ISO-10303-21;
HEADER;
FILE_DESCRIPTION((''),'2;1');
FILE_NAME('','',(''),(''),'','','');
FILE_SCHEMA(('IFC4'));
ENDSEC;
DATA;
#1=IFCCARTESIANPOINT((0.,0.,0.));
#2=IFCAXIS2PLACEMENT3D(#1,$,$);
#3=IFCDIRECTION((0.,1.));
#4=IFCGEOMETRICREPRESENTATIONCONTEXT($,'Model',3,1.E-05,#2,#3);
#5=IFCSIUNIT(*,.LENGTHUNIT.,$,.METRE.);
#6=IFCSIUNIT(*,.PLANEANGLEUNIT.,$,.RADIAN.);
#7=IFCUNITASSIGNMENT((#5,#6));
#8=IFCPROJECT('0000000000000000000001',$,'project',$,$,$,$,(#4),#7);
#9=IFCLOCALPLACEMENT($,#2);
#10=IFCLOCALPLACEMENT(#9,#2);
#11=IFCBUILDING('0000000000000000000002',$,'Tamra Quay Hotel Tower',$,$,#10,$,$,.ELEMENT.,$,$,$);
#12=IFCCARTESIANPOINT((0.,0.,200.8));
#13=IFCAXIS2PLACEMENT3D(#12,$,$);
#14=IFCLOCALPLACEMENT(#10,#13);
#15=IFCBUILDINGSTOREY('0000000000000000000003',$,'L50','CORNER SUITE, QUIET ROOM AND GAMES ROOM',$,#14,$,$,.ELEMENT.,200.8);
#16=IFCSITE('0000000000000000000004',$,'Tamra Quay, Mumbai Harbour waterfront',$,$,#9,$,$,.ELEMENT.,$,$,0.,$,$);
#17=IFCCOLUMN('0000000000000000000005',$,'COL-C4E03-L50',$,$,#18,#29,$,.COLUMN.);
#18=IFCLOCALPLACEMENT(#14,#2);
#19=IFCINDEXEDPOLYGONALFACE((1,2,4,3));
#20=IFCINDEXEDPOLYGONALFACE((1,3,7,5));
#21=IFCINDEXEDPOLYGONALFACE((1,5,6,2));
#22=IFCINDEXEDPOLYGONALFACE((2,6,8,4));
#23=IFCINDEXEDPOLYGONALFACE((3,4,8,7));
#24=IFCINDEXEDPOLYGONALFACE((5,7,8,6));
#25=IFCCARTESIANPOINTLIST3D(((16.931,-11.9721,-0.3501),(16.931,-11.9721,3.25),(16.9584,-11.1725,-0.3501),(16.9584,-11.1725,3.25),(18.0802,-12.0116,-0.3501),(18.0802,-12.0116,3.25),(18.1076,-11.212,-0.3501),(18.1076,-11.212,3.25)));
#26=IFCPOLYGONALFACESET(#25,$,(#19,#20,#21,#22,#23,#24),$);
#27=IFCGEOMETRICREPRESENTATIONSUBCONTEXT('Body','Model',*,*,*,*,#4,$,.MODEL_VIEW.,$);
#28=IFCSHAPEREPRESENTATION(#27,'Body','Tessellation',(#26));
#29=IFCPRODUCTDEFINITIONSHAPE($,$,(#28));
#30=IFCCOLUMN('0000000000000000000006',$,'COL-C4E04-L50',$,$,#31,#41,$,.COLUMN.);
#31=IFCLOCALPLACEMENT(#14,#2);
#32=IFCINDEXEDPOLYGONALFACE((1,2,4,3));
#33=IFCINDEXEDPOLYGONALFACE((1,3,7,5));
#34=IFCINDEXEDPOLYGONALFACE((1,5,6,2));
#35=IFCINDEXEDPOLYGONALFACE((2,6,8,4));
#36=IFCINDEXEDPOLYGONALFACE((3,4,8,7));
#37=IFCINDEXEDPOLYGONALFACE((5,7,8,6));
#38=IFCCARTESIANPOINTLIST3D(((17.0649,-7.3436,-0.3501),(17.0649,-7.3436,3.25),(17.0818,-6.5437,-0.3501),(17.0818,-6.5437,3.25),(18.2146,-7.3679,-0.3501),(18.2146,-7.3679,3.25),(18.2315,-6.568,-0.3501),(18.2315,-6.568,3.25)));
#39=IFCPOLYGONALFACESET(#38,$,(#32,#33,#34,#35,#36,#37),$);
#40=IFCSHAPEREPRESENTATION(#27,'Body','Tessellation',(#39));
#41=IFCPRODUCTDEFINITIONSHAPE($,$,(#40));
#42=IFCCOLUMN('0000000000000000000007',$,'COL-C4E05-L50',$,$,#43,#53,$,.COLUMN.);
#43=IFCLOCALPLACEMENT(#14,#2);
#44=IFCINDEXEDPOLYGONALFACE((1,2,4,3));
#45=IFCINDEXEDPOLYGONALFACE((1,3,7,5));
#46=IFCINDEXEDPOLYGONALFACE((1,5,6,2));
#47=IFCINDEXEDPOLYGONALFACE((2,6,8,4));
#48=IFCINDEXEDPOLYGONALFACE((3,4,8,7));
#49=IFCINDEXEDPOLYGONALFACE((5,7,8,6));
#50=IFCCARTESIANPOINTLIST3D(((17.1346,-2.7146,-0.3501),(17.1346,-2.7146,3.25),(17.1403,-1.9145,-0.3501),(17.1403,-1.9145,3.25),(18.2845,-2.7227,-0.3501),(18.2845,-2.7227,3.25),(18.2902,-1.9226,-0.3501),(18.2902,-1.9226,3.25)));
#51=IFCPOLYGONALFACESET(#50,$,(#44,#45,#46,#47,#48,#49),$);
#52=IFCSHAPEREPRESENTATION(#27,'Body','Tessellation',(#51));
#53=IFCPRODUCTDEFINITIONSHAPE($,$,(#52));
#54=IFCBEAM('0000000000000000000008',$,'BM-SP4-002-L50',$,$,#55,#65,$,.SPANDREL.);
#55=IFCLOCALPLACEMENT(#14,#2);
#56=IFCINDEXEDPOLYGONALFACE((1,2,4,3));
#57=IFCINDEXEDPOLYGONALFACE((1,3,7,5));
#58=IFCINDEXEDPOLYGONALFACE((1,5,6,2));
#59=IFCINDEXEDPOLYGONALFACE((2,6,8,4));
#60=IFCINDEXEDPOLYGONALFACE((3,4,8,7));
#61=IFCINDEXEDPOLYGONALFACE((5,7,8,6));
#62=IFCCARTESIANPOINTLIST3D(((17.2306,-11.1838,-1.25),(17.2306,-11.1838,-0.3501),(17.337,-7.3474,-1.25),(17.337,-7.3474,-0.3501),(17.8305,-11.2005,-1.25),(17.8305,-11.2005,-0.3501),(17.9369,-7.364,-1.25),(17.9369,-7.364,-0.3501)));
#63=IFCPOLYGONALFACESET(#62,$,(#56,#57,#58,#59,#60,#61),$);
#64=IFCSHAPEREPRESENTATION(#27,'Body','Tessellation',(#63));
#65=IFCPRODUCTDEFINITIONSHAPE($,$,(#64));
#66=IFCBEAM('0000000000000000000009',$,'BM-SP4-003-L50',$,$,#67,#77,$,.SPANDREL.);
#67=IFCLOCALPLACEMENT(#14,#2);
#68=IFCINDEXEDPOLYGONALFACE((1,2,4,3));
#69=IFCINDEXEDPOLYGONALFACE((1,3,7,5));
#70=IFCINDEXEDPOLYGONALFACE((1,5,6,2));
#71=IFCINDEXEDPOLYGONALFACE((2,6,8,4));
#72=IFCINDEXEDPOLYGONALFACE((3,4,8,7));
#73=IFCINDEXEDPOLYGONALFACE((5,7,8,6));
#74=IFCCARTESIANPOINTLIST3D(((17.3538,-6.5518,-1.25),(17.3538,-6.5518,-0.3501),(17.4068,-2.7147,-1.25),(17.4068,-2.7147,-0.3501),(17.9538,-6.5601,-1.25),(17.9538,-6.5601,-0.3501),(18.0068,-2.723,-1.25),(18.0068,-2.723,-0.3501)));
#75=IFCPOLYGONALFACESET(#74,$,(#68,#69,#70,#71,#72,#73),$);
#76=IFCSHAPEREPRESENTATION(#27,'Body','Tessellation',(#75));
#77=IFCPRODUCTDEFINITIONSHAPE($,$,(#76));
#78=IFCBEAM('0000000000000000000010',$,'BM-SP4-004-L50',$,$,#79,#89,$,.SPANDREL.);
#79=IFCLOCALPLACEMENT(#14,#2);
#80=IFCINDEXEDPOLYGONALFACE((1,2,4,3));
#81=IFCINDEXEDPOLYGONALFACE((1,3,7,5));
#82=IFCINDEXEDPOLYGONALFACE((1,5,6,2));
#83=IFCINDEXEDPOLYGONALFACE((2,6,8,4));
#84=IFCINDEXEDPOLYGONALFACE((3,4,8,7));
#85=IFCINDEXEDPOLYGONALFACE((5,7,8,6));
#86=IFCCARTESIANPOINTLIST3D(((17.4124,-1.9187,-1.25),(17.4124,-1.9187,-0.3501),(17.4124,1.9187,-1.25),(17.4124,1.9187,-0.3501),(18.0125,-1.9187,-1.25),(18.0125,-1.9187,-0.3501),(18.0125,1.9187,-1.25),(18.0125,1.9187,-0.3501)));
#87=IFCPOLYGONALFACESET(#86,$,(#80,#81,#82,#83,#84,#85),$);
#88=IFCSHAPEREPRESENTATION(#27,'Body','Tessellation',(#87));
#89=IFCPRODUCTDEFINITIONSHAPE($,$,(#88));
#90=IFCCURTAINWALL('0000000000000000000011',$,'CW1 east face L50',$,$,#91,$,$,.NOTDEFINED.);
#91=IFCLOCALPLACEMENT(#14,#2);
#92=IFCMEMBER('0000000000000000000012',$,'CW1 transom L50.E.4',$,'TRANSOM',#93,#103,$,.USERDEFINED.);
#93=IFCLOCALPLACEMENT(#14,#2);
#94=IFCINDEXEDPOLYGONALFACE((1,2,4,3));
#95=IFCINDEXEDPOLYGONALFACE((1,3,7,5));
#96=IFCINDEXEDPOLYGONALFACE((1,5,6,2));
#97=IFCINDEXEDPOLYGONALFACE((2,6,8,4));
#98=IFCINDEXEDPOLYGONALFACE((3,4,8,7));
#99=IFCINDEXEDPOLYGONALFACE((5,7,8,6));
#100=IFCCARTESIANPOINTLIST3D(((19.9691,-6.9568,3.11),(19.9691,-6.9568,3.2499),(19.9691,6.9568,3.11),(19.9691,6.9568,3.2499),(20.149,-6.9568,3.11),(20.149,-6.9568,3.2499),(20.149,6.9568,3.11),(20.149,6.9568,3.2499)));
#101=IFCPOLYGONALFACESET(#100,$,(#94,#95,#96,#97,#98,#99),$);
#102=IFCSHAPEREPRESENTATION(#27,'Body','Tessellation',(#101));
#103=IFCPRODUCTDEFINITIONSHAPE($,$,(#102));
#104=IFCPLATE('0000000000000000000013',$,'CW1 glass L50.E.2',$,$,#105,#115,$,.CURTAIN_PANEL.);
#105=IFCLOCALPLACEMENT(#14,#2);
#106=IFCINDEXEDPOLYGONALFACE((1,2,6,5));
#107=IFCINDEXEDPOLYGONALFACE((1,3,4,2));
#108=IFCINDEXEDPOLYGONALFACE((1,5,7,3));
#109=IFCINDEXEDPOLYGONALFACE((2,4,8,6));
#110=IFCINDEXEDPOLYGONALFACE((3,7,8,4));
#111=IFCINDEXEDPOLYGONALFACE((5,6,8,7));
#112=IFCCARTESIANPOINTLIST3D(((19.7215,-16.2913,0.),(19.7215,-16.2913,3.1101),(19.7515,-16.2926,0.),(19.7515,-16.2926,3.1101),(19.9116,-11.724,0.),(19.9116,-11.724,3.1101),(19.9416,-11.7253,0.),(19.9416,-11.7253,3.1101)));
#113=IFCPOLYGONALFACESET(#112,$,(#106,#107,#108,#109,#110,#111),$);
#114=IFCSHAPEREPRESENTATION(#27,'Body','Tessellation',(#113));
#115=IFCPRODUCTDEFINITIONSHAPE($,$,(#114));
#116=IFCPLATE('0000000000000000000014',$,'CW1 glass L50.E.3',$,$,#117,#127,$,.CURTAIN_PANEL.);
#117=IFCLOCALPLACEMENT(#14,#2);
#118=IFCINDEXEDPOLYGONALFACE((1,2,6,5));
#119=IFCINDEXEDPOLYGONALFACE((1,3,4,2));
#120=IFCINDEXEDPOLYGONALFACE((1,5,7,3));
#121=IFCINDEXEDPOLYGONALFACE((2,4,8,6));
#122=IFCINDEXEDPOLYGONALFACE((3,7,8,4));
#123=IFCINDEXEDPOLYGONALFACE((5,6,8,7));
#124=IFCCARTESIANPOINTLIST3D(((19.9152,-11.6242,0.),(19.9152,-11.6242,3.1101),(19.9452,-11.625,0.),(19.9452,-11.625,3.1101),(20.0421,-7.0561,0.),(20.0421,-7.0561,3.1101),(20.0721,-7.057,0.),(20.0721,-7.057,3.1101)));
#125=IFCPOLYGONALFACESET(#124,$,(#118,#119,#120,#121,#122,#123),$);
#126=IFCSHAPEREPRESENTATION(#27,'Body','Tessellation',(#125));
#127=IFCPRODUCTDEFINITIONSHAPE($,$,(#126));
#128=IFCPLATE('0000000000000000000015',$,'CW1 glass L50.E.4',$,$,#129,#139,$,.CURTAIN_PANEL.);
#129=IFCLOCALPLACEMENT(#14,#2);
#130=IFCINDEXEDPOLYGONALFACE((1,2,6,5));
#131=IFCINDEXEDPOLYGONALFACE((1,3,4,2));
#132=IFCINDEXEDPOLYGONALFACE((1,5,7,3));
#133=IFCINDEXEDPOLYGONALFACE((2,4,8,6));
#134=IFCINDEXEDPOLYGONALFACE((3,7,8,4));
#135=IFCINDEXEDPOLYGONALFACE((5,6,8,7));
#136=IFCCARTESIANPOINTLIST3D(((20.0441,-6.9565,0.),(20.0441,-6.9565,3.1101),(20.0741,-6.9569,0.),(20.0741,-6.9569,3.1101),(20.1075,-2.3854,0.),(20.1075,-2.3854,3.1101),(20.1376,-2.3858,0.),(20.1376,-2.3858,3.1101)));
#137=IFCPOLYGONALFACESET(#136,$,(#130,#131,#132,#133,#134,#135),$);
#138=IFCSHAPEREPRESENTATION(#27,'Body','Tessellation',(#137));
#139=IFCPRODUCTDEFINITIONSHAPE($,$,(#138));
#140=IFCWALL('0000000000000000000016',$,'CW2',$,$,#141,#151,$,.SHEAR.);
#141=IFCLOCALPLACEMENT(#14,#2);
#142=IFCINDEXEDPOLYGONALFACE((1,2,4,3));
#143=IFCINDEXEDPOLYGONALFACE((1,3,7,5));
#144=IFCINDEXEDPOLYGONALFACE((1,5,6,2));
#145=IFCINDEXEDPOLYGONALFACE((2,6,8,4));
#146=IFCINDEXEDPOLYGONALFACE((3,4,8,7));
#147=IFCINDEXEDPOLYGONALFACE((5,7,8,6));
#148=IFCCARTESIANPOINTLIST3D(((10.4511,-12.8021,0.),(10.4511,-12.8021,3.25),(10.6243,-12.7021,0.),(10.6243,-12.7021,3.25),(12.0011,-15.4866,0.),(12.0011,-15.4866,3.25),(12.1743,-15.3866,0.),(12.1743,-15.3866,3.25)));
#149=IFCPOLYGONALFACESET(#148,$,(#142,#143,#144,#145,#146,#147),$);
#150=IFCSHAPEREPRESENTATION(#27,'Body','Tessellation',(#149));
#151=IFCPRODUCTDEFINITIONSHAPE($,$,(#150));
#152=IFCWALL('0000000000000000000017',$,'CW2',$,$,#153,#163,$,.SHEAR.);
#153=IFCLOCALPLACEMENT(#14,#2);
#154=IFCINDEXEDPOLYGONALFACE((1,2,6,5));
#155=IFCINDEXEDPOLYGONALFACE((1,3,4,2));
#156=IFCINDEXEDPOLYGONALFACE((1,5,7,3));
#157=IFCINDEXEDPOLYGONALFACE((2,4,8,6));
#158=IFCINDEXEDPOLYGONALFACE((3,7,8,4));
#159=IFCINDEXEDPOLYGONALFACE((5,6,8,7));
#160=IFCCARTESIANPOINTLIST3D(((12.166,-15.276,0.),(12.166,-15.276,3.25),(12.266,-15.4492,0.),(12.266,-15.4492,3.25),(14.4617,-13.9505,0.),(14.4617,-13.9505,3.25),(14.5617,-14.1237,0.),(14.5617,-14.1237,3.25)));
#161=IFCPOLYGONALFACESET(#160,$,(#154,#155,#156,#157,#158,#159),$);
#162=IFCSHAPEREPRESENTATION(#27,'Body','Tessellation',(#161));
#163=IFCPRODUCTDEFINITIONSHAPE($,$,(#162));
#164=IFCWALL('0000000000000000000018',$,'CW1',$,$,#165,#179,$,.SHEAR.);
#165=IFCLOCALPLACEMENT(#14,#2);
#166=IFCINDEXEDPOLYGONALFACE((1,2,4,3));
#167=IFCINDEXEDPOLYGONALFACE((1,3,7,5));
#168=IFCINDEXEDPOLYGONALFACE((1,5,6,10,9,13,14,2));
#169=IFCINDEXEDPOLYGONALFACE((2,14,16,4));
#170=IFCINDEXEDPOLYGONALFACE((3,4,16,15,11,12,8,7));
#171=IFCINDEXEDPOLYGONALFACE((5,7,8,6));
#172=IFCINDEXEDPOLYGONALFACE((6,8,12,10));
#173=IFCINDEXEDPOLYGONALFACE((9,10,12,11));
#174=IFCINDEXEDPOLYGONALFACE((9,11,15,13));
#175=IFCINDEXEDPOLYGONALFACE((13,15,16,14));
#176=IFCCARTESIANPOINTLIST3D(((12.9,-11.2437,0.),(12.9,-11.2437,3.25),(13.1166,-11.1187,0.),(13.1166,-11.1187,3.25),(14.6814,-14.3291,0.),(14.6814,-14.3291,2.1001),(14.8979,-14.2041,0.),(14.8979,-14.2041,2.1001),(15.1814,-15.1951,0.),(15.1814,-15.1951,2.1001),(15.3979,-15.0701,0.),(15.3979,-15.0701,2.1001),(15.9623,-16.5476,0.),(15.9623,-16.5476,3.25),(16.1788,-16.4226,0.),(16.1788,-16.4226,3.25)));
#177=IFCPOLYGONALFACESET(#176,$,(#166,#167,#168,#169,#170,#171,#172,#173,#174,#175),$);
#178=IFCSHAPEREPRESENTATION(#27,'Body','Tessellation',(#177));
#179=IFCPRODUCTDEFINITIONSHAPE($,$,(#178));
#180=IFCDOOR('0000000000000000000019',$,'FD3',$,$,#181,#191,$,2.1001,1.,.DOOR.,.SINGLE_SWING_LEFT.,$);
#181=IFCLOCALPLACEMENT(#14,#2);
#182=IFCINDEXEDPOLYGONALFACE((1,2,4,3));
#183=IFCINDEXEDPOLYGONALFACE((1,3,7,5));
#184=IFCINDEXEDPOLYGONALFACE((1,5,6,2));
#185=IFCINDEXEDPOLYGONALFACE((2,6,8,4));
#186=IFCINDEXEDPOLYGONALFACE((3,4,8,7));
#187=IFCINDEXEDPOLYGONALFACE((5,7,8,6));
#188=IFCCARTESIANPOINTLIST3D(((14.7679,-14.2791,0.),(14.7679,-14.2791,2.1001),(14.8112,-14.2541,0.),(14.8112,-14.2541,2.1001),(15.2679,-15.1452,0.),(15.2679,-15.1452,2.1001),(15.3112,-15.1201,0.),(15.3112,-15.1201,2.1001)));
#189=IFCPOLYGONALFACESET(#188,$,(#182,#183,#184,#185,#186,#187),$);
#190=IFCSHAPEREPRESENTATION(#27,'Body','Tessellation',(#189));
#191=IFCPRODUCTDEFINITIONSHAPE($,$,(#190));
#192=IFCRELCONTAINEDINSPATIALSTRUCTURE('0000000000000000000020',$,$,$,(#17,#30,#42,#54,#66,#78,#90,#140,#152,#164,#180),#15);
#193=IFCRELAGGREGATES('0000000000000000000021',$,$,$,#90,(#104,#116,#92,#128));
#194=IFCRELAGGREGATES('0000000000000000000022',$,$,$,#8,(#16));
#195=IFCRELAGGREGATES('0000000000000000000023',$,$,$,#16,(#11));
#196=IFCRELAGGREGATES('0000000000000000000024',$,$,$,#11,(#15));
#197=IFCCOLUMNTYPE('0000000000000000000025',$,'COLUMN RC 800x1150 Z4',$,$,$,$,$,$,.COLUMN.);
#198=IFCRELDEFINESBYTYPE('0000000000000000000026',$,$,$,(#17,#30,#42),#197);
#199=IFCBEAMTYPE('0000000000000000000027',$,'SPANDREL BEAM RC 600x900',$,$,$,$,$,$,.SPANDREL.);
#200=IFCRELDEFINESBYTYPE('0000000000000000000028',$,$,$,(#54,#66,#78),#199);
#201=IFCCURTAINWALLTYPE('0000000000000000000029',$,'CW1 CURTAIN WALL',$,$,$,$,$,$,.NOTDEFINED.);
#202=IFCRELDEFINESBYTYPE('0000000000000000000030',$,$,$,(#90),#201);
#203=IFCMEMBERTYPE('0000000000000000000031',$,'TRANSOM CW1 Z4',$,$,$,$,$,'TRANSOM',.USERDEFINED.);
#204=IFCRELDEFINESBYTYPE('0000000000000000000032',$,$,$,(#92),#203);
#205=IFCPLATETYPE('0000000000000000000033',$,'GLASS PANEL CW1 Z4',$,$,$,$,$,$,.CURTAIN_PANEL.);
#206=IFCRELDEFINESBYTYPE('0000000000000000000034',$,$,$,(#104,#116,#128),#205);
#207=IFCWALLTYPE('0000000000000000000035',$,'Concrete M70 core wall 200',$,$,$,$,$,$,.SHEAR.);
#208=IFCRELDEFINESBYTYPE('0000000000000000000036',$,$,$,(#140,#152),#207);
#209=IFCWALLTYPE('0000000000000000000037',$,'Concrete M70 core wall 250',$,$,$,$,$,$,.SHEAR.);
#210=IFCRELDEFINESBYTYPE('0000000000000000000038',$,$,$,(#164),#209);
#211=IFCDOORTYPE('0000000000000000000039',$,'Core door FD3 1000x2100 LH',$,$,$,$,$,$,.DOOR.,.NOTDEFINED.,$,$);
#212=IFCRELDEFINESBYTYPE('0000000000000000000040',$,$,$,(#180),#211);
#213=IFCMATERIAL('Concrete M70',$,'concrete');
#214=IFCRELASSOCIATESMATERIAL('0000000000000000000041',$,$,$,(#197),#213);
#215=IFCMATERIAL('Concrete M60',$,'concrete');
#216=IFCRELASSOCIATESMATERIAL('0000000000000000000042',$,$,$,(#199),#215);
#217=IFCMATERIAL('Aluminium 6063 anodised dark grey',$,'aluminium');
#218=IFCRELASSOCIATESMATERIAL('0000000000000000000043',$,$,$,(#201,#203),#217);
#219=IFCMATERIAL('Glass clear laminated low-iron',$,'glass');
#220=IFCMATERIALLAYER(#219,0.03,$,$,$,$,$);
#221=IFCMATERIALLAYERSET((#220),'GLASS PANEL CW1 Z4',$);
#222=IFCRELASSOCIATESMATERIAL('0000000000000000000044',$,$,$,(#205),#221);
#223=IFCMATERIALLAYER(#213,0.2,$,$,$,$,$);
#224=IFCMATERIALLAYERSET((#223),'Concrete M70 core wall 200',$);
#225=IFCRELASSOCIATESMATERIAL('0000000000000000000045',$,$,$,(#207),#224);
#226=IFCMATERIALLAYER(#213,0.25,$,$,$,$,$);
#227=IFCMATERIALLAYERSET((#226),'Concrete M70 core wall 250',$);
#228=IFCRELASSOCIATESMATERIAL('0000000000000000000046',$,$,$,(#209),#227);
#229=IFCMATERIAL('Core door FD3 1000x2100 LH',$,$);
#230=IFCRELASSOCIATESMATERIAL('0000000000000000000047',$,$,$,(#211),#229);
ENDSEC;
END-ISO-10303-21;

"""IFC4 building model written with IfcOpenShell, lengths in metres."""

from ifc_helpers import new_model, si_unit, direction, frame, frame_2d, origin, origin_2d, place, context, subcontext, project, spatial, rectangle, extrude, material, layer, layer_set, material_profile, profile_set, type_object, element, fill, aggregate, save


model = new_model("IFC4")

# Units and contexts
model_context = context("Model", 3, precision=1e-05, world=origin(), true_north=direction((0.0, 1.0)))
body_context = subcontext(model_context, "Body", "Model", "MODEL_VIEW")
ifc_project = project(units=[si_unit("LENGTHUNIT", "METRE"), si_unit("PLANEANGLEUNIT", "RADIAN")], contexts=[model_context])

# Site, building, storey
site_placement = place(None, origin())
site = spatial("IfcSite", under=ifc_project, at=site_placement, Name="Tamra Quay, Mumbai Harbour waterfront", CompositionType="ELEMENT", RefElevation=0.0)
building_placement = place(site_placement, origin())
building = spatial("IfcBuilding", under=site, at=building_placement, Name="Tamra Quay Hotel Tower", CompositionType="ELEMENT")
storey_placement = place(building_placement, frame((0.0, 0.0, 200.8)))
storey = spatial("IfcBuildingStorey", under=building, at=storey_placement, Name="L50", Description="CORNER SUITE, QUIET ROOM AND GAMES ROOM", CompositionType="ELEMENT", Elevation=200.8)

# Columns
ifc_material_1 = material(Name="Concrete M70", Category="concrete")
ifc_material_profile_1 = material_profile(ifc_material_1, rectangle(XDim=1.1499, YDim=0.8, at=origin_2d()), Name="COLUMN RC 800x1150 Z4")
ifc_profile_set_1 = profile_set([ifc_material_profile_1], Name="Concrete M70")
column_type = type_object("IfcColumnType", Name="COLUMN RC 800x1150 Z4", PredefinedType="COLUMN", material=ifc_profile_set_1)
for number, where, z_axis, x_axis, name in (
    (1, (17.5193, -11.592, -0.3501), (0.0, 0.0, 1.0), (-0.999412, 0.034299, 0.0), "COL-C4E03-L50"),
    (2, (17.6482, -6.9558, -0.3501), (0.0, 0.0, 1.0), (-0.999777, 0.021115, 0.0), "COL-C4E04-L50"),
    (3, (17.7124, -2.3186, -0.3501), (0.0, 0.0, 1.0), (-0.999975, 0.007041, 0.0), "COL-C4E05-L50"),
):
    element("IfcColumn", number, at=place(storey_placement, frame(where, z_axis=z_axis, x_axis=x_axis)), inside=storey, type_object=column_type, Name=name, PredefinedType="COLUMN", context=body_context, shape_type="SweptSolid", body=[
        extrude(rectangle(XDim=1.1499, YDim=0.8, at=origin_2d()), origin(), (0.0, 0.0, 1.0), 3.6001),
    ])

# Beams
ifc_material_2 = material(Name="Concrete M60", Category="concrete")
ifc_material_profile_2 = material_profile(ifc_material_2, rectangle(XDim=0.6001, YDim=0.8999, at=origin_2d()), Name="SPANDREL BEAM RC 600x900")
ifc_profile_set_2 = profile_set([ifc_material_profile_2], Name="Concrete M60")
beam_type = type_object("IfcBeamType", Name="SPANDREL BEAM RC 600x900", PredefinedType="SPANDREL", material=ifc_profile_set_2)
beam_placement = place(storey_placement, frame((17.5305, -11.1921, -0.8), z_axis=(0.027735, 0.999615, 0.0), x_axis=(-0.999615, 0.027735, 0.0)))
element("IfcBeam", 4, at=beam_placement, inside=storey, type_object=beam_type, Name="BM-SP4-002-L50", PredefinedType="SPANDREL", context=body_context, shape_type="SweptSolid", body=[
    extrude(rectangle(XDim=0.6001, YDim=0.8999, at=origin_2d()), origin(), (0.0, 0.0, 1.0), 3.8379),
])
for number, where, z_axis, x_axis, name in (
    (5, (17.6538, -6.5559, -0.8), (0.013805, 0.999905, 0.0), (-0.999905, 0.013805, 0.0), "BM-SP4-003-L50"),
    (6, (17.7124, -1.9187, -0.8), (0.0, 1.0, 0.0), (-1.0, 0.0, 0.0), "BM-SP4-004-L50"),
):
    element("IfcBeam", number, at=place(storey_placement, frame(where, z_axis=z_axis, x_axis=x_axis)), inside=storey, type_object=beam_type, Name=name, PredefinedType="SPANDREL", context=body_context, shape_type="SweptSolid", body=[
        extrude(rectangle(XDim=0.6001, YDim=0.8999, at=origin_2d()), origin(), (0.0, 0.0, 1.0), 3.8374),
    ])

# Curtain wall, member, plates
ifc_material_3 = material(Name="Aluminium 6063 anodised dark grey", Category="aluminium")
curtain_wall_type = type_object("IfcCurtainWallType", Name="CW1 CURTAIN WALL", PredefinedType="NOTDEFINED", material=ifc_material_3)
curtain_wall_placement = place(storey_placement, origin())
curtain_wall = element("IfcCurtainWall", 7, at=curtain_wall_placement, inside=storey, type_object=curtain_wall_type, Name="CW1 east face L50", PredefinedType="NOTDEFINED")
ifc_material_profile_3 = material_profile(ifc_material_3, rectangle(XDim=0.1799, YDim=0.1399, at=origin_2d()), Name="TRANSOM 180X140")
ifc_profile_set_3 = profile_set([ifc_material_profile_3], Name="Aluminium 6063 anodised dark grey")
member_type = type_object("IfcMemberType", Name="TRANSOM CW1 Z4", ElementType="TRANSOM", PredefinedType="USERDEFINED", material=ifc_profile_set_3)
member_placement = place(storey_placement, frame((20.0591, -6.9568, 3.1799), z_axis=(0.0, 1.0, 0.0), x_axis=(-1.0, 0.0, 0.0)))
member = element("IfcMember", 8, at=member_placement, type_object=member_type, Name="CW1 transom L50.E.4", ObjectType="TRANSOM", PredefinedType="USERDEFINED", context=body_context, shape_type="SweptSolid", body=[
    extrude(rectangle(XDim=0.1799, YDim=0.1399, at=origin_2d()), origin(), (0.0, 0.0, 1.0), 13.9136),
])
ifc_material_4 = material(Name="Glass clear laminated low-iron", Category="glass")
ifc_layer_1 = layer(ifc_material_4, 0.03)
ifc_layer_set_1 = layer_set([ifc_layer_1], Name="GLASS PANEL CW1 Z4")
plate_type = type_object("IfcPlateType", Name="GLASS PANEL CW1 Z4", PredefinedType="CURTAIN_PANEL", material=ifc_layer_set_1)
plate_1_placement = place(storey_placement, frame((19.8315, -14.0083, 0.0), z_axis=(0.0, 0.0, 1.0), x_axis=(0.041599, 0.999134, 0.0)))
plate_1 = element("IfcPlate", 9, at=plate_1_placement, type_object=plate_type, Name="CW1 glass L50.E.2", PredefinedType="CURTAIN_PANEL", context=body_context, shape_type="SweptSolid", body=[
    extrude(rectangle(XDim=4.5713, YDim=0.03, at=origin_2d()), origin(), (0.0, 0.0, 1.0), 3.1101),
])
plate_2_placement = place(storey_placement, frame((19.9937, -9.3406, 0.0), z_axis=(0.0, 0.0, 1.0), x_axis=(0.027754, 0.999615, 0.0)))
plate_2 = element("IfcPlate", 10, at=plate_2_placement, type_object=plate_type, Name="CW1 glass L50.E.3", PredefinedType="CURTAIN_PANEL", context=body_context, shape_type="SweptSolid", body=[
    extrude(rectangle(XDim=4.5698, YDim=0.03, at=origin_2d()), origin(), (0.0, 0.0, 1.0), 3.1101),
])
plate_3_placement = place(storey_placement, frame((20.0908, -4.6711, 0.0), z_axis=(0.0, 0.0, 1.0), x_axis=(0.013886, 0.999904, 0.0)))
plate_3 = element("IfcPlate", 11, at=plate_3_placement, type_object=plate_type, Name="CW1 glass L50.E.4", PredefinedType="CURTAIN_PANEL", context=body_context, shape_type="SweptSolid", body=[
    extrude(rectangle(XDim=4.5715, YDim=0.03, at=origin_2d()), origin(), (0.0, 0.0, 1.0), 3.1101),
])
aggregate(curtain_wall, [plate_1, plate_2, member, plate_3])

# Walls
ifc_layer_2 = layer(ifc_material_1, 0.2)
ifc_layer_set_2 = layer_set([ifc_layer_2], Name="Concrete M70 core wall 200")
wall_type_1 = type_object("IfcWallType", Name="Concrete M70 core wall 200", PredefinedType="SHEAR", material=ifc_layer_set_2)
wall_1_placement = place(storey_placement, frame((12.0876, -15.4365, 0.0), z_axis=(0.0, 0.0, 1.0), x_axis=(-0.500027, 0.86601, 0.0)))
element("IfcWall", 12, at=wall_1_placement, inside=storey, type_object=wall_type_1, Name="CW2", PredefinedType="SHEAR", context=body_context, shape_type="SweptSolid", body=[
    extrude(rectangle(XDim=3.0999, YDim=0.2, at=frame_2d((1.5498, 0.0))), origin(), (0.0, 0.0, 1.0), 3.25),
])
wall_2_placement = place(storey_placement, frame((14.5117, -14.0371, 0.0), z_axis=(0.0, 0.0, 1.0), x_axis=(-0.866018, -0.500012, 0.0)))
element("IfcWall", 13, at=wall_2_placement, inside=storey, type_object=wall_type_1, Name="CW2", PredefinedType="SHEAR", context=body_context, shape_type="SweptSolid", body=[
    extrude(rectangle(XDim=2.6509, YDim=0.2, at=frame_2d((1.3254, 0.0))), origin(), (0.0, 0.0, 1.0), 3.25),
])

# Wall, opening, door
ifc_layer_3 = layer(ifc_material_1, 0.25)
ifc_layer_set_3 = layer_set([ifc_layer_3], Name="Concrete M70 core wall 250")
wall_type_2 = type_object("IfcWallType", Name="Concrete M70 core wall 250", PredefinedType="SHEAR", material=ifc_layer_set_3)
wall_3_placement = place(storey_placement, frame((13.0083, -11.1812, 0.0), z_axis=(0.0, 0.0, 1.0), x_axis=(0.500002, -0.866024, 0.0)))
wall_3 = element("IfcWall", 14, at=wall_3_placement, inside=storey, type_object=wall_type_2, Name="CW1", PredefinedType="SHEAR", context=body_context, shape_type="SweptSolid", body=[
    extrude(rectangle(XDim=6.1245, YDim=0.25, at=frame_2d((3.0623, 0.0))), origin(), (0.0, 0.0, 1.0), 3.25),
])
opening_1_placement = place(wall_3_placement, frame((3.5627, 0.0, 0.0)))
opening_1 = element("IfcOpeningElement", 15, at=opening_1_placement, cuts=wall_3, PredefinedType="OPENING", context=body_context, shape_type="SweptSolid", body=[
    extrude(rectangle(XDim=1.0, YDim=2.1001, at=frame_2d((0.5, 1.05))), frame((0.0, 0.135, 0.0), z_axis=(0.0, -1.0, 0.0), x_axis=(1.0, 0.0, 0.0)), (0.0, 0.0, 1.0), 0.27),
])
ifc_material_5 = material(Name="Core door FD3 1000x2100 LH")
door_type_1 = type_object("IfcDoorType", Name="Core door FD3 1000x2100 LH", OperationType="NOTDEFINED", PredefinedType="DOOR", material=ifc_material_5)
door_1_placement = place(opening_1_placement, origin())
door_1 = element("IfcDoor", 16, at=door_1_placement, inside=storey, type_object=door_type_1, Name="FD3", OperationType="SINGLE_SWING_LEFT", OverallHeight=2.1001, OverallWidth=1.0, PredefinedType="DOOR", context=body_context, shape_type="SweptSolid", body=[
    extrude(rectangle(XDim=1.0, YDim=2.1001, at=frame_2d((0.5, 1.05))), frame((0.0, 0.0249, 0.0), z_axis=(0.0, -1.0, 0.0), x_axis=(1.0, 0.0, 0.0)), (0.0, 0.0, 1.0), 0.05),
])
fill(opening_1, door_1)

save(model, "model.ifc")
